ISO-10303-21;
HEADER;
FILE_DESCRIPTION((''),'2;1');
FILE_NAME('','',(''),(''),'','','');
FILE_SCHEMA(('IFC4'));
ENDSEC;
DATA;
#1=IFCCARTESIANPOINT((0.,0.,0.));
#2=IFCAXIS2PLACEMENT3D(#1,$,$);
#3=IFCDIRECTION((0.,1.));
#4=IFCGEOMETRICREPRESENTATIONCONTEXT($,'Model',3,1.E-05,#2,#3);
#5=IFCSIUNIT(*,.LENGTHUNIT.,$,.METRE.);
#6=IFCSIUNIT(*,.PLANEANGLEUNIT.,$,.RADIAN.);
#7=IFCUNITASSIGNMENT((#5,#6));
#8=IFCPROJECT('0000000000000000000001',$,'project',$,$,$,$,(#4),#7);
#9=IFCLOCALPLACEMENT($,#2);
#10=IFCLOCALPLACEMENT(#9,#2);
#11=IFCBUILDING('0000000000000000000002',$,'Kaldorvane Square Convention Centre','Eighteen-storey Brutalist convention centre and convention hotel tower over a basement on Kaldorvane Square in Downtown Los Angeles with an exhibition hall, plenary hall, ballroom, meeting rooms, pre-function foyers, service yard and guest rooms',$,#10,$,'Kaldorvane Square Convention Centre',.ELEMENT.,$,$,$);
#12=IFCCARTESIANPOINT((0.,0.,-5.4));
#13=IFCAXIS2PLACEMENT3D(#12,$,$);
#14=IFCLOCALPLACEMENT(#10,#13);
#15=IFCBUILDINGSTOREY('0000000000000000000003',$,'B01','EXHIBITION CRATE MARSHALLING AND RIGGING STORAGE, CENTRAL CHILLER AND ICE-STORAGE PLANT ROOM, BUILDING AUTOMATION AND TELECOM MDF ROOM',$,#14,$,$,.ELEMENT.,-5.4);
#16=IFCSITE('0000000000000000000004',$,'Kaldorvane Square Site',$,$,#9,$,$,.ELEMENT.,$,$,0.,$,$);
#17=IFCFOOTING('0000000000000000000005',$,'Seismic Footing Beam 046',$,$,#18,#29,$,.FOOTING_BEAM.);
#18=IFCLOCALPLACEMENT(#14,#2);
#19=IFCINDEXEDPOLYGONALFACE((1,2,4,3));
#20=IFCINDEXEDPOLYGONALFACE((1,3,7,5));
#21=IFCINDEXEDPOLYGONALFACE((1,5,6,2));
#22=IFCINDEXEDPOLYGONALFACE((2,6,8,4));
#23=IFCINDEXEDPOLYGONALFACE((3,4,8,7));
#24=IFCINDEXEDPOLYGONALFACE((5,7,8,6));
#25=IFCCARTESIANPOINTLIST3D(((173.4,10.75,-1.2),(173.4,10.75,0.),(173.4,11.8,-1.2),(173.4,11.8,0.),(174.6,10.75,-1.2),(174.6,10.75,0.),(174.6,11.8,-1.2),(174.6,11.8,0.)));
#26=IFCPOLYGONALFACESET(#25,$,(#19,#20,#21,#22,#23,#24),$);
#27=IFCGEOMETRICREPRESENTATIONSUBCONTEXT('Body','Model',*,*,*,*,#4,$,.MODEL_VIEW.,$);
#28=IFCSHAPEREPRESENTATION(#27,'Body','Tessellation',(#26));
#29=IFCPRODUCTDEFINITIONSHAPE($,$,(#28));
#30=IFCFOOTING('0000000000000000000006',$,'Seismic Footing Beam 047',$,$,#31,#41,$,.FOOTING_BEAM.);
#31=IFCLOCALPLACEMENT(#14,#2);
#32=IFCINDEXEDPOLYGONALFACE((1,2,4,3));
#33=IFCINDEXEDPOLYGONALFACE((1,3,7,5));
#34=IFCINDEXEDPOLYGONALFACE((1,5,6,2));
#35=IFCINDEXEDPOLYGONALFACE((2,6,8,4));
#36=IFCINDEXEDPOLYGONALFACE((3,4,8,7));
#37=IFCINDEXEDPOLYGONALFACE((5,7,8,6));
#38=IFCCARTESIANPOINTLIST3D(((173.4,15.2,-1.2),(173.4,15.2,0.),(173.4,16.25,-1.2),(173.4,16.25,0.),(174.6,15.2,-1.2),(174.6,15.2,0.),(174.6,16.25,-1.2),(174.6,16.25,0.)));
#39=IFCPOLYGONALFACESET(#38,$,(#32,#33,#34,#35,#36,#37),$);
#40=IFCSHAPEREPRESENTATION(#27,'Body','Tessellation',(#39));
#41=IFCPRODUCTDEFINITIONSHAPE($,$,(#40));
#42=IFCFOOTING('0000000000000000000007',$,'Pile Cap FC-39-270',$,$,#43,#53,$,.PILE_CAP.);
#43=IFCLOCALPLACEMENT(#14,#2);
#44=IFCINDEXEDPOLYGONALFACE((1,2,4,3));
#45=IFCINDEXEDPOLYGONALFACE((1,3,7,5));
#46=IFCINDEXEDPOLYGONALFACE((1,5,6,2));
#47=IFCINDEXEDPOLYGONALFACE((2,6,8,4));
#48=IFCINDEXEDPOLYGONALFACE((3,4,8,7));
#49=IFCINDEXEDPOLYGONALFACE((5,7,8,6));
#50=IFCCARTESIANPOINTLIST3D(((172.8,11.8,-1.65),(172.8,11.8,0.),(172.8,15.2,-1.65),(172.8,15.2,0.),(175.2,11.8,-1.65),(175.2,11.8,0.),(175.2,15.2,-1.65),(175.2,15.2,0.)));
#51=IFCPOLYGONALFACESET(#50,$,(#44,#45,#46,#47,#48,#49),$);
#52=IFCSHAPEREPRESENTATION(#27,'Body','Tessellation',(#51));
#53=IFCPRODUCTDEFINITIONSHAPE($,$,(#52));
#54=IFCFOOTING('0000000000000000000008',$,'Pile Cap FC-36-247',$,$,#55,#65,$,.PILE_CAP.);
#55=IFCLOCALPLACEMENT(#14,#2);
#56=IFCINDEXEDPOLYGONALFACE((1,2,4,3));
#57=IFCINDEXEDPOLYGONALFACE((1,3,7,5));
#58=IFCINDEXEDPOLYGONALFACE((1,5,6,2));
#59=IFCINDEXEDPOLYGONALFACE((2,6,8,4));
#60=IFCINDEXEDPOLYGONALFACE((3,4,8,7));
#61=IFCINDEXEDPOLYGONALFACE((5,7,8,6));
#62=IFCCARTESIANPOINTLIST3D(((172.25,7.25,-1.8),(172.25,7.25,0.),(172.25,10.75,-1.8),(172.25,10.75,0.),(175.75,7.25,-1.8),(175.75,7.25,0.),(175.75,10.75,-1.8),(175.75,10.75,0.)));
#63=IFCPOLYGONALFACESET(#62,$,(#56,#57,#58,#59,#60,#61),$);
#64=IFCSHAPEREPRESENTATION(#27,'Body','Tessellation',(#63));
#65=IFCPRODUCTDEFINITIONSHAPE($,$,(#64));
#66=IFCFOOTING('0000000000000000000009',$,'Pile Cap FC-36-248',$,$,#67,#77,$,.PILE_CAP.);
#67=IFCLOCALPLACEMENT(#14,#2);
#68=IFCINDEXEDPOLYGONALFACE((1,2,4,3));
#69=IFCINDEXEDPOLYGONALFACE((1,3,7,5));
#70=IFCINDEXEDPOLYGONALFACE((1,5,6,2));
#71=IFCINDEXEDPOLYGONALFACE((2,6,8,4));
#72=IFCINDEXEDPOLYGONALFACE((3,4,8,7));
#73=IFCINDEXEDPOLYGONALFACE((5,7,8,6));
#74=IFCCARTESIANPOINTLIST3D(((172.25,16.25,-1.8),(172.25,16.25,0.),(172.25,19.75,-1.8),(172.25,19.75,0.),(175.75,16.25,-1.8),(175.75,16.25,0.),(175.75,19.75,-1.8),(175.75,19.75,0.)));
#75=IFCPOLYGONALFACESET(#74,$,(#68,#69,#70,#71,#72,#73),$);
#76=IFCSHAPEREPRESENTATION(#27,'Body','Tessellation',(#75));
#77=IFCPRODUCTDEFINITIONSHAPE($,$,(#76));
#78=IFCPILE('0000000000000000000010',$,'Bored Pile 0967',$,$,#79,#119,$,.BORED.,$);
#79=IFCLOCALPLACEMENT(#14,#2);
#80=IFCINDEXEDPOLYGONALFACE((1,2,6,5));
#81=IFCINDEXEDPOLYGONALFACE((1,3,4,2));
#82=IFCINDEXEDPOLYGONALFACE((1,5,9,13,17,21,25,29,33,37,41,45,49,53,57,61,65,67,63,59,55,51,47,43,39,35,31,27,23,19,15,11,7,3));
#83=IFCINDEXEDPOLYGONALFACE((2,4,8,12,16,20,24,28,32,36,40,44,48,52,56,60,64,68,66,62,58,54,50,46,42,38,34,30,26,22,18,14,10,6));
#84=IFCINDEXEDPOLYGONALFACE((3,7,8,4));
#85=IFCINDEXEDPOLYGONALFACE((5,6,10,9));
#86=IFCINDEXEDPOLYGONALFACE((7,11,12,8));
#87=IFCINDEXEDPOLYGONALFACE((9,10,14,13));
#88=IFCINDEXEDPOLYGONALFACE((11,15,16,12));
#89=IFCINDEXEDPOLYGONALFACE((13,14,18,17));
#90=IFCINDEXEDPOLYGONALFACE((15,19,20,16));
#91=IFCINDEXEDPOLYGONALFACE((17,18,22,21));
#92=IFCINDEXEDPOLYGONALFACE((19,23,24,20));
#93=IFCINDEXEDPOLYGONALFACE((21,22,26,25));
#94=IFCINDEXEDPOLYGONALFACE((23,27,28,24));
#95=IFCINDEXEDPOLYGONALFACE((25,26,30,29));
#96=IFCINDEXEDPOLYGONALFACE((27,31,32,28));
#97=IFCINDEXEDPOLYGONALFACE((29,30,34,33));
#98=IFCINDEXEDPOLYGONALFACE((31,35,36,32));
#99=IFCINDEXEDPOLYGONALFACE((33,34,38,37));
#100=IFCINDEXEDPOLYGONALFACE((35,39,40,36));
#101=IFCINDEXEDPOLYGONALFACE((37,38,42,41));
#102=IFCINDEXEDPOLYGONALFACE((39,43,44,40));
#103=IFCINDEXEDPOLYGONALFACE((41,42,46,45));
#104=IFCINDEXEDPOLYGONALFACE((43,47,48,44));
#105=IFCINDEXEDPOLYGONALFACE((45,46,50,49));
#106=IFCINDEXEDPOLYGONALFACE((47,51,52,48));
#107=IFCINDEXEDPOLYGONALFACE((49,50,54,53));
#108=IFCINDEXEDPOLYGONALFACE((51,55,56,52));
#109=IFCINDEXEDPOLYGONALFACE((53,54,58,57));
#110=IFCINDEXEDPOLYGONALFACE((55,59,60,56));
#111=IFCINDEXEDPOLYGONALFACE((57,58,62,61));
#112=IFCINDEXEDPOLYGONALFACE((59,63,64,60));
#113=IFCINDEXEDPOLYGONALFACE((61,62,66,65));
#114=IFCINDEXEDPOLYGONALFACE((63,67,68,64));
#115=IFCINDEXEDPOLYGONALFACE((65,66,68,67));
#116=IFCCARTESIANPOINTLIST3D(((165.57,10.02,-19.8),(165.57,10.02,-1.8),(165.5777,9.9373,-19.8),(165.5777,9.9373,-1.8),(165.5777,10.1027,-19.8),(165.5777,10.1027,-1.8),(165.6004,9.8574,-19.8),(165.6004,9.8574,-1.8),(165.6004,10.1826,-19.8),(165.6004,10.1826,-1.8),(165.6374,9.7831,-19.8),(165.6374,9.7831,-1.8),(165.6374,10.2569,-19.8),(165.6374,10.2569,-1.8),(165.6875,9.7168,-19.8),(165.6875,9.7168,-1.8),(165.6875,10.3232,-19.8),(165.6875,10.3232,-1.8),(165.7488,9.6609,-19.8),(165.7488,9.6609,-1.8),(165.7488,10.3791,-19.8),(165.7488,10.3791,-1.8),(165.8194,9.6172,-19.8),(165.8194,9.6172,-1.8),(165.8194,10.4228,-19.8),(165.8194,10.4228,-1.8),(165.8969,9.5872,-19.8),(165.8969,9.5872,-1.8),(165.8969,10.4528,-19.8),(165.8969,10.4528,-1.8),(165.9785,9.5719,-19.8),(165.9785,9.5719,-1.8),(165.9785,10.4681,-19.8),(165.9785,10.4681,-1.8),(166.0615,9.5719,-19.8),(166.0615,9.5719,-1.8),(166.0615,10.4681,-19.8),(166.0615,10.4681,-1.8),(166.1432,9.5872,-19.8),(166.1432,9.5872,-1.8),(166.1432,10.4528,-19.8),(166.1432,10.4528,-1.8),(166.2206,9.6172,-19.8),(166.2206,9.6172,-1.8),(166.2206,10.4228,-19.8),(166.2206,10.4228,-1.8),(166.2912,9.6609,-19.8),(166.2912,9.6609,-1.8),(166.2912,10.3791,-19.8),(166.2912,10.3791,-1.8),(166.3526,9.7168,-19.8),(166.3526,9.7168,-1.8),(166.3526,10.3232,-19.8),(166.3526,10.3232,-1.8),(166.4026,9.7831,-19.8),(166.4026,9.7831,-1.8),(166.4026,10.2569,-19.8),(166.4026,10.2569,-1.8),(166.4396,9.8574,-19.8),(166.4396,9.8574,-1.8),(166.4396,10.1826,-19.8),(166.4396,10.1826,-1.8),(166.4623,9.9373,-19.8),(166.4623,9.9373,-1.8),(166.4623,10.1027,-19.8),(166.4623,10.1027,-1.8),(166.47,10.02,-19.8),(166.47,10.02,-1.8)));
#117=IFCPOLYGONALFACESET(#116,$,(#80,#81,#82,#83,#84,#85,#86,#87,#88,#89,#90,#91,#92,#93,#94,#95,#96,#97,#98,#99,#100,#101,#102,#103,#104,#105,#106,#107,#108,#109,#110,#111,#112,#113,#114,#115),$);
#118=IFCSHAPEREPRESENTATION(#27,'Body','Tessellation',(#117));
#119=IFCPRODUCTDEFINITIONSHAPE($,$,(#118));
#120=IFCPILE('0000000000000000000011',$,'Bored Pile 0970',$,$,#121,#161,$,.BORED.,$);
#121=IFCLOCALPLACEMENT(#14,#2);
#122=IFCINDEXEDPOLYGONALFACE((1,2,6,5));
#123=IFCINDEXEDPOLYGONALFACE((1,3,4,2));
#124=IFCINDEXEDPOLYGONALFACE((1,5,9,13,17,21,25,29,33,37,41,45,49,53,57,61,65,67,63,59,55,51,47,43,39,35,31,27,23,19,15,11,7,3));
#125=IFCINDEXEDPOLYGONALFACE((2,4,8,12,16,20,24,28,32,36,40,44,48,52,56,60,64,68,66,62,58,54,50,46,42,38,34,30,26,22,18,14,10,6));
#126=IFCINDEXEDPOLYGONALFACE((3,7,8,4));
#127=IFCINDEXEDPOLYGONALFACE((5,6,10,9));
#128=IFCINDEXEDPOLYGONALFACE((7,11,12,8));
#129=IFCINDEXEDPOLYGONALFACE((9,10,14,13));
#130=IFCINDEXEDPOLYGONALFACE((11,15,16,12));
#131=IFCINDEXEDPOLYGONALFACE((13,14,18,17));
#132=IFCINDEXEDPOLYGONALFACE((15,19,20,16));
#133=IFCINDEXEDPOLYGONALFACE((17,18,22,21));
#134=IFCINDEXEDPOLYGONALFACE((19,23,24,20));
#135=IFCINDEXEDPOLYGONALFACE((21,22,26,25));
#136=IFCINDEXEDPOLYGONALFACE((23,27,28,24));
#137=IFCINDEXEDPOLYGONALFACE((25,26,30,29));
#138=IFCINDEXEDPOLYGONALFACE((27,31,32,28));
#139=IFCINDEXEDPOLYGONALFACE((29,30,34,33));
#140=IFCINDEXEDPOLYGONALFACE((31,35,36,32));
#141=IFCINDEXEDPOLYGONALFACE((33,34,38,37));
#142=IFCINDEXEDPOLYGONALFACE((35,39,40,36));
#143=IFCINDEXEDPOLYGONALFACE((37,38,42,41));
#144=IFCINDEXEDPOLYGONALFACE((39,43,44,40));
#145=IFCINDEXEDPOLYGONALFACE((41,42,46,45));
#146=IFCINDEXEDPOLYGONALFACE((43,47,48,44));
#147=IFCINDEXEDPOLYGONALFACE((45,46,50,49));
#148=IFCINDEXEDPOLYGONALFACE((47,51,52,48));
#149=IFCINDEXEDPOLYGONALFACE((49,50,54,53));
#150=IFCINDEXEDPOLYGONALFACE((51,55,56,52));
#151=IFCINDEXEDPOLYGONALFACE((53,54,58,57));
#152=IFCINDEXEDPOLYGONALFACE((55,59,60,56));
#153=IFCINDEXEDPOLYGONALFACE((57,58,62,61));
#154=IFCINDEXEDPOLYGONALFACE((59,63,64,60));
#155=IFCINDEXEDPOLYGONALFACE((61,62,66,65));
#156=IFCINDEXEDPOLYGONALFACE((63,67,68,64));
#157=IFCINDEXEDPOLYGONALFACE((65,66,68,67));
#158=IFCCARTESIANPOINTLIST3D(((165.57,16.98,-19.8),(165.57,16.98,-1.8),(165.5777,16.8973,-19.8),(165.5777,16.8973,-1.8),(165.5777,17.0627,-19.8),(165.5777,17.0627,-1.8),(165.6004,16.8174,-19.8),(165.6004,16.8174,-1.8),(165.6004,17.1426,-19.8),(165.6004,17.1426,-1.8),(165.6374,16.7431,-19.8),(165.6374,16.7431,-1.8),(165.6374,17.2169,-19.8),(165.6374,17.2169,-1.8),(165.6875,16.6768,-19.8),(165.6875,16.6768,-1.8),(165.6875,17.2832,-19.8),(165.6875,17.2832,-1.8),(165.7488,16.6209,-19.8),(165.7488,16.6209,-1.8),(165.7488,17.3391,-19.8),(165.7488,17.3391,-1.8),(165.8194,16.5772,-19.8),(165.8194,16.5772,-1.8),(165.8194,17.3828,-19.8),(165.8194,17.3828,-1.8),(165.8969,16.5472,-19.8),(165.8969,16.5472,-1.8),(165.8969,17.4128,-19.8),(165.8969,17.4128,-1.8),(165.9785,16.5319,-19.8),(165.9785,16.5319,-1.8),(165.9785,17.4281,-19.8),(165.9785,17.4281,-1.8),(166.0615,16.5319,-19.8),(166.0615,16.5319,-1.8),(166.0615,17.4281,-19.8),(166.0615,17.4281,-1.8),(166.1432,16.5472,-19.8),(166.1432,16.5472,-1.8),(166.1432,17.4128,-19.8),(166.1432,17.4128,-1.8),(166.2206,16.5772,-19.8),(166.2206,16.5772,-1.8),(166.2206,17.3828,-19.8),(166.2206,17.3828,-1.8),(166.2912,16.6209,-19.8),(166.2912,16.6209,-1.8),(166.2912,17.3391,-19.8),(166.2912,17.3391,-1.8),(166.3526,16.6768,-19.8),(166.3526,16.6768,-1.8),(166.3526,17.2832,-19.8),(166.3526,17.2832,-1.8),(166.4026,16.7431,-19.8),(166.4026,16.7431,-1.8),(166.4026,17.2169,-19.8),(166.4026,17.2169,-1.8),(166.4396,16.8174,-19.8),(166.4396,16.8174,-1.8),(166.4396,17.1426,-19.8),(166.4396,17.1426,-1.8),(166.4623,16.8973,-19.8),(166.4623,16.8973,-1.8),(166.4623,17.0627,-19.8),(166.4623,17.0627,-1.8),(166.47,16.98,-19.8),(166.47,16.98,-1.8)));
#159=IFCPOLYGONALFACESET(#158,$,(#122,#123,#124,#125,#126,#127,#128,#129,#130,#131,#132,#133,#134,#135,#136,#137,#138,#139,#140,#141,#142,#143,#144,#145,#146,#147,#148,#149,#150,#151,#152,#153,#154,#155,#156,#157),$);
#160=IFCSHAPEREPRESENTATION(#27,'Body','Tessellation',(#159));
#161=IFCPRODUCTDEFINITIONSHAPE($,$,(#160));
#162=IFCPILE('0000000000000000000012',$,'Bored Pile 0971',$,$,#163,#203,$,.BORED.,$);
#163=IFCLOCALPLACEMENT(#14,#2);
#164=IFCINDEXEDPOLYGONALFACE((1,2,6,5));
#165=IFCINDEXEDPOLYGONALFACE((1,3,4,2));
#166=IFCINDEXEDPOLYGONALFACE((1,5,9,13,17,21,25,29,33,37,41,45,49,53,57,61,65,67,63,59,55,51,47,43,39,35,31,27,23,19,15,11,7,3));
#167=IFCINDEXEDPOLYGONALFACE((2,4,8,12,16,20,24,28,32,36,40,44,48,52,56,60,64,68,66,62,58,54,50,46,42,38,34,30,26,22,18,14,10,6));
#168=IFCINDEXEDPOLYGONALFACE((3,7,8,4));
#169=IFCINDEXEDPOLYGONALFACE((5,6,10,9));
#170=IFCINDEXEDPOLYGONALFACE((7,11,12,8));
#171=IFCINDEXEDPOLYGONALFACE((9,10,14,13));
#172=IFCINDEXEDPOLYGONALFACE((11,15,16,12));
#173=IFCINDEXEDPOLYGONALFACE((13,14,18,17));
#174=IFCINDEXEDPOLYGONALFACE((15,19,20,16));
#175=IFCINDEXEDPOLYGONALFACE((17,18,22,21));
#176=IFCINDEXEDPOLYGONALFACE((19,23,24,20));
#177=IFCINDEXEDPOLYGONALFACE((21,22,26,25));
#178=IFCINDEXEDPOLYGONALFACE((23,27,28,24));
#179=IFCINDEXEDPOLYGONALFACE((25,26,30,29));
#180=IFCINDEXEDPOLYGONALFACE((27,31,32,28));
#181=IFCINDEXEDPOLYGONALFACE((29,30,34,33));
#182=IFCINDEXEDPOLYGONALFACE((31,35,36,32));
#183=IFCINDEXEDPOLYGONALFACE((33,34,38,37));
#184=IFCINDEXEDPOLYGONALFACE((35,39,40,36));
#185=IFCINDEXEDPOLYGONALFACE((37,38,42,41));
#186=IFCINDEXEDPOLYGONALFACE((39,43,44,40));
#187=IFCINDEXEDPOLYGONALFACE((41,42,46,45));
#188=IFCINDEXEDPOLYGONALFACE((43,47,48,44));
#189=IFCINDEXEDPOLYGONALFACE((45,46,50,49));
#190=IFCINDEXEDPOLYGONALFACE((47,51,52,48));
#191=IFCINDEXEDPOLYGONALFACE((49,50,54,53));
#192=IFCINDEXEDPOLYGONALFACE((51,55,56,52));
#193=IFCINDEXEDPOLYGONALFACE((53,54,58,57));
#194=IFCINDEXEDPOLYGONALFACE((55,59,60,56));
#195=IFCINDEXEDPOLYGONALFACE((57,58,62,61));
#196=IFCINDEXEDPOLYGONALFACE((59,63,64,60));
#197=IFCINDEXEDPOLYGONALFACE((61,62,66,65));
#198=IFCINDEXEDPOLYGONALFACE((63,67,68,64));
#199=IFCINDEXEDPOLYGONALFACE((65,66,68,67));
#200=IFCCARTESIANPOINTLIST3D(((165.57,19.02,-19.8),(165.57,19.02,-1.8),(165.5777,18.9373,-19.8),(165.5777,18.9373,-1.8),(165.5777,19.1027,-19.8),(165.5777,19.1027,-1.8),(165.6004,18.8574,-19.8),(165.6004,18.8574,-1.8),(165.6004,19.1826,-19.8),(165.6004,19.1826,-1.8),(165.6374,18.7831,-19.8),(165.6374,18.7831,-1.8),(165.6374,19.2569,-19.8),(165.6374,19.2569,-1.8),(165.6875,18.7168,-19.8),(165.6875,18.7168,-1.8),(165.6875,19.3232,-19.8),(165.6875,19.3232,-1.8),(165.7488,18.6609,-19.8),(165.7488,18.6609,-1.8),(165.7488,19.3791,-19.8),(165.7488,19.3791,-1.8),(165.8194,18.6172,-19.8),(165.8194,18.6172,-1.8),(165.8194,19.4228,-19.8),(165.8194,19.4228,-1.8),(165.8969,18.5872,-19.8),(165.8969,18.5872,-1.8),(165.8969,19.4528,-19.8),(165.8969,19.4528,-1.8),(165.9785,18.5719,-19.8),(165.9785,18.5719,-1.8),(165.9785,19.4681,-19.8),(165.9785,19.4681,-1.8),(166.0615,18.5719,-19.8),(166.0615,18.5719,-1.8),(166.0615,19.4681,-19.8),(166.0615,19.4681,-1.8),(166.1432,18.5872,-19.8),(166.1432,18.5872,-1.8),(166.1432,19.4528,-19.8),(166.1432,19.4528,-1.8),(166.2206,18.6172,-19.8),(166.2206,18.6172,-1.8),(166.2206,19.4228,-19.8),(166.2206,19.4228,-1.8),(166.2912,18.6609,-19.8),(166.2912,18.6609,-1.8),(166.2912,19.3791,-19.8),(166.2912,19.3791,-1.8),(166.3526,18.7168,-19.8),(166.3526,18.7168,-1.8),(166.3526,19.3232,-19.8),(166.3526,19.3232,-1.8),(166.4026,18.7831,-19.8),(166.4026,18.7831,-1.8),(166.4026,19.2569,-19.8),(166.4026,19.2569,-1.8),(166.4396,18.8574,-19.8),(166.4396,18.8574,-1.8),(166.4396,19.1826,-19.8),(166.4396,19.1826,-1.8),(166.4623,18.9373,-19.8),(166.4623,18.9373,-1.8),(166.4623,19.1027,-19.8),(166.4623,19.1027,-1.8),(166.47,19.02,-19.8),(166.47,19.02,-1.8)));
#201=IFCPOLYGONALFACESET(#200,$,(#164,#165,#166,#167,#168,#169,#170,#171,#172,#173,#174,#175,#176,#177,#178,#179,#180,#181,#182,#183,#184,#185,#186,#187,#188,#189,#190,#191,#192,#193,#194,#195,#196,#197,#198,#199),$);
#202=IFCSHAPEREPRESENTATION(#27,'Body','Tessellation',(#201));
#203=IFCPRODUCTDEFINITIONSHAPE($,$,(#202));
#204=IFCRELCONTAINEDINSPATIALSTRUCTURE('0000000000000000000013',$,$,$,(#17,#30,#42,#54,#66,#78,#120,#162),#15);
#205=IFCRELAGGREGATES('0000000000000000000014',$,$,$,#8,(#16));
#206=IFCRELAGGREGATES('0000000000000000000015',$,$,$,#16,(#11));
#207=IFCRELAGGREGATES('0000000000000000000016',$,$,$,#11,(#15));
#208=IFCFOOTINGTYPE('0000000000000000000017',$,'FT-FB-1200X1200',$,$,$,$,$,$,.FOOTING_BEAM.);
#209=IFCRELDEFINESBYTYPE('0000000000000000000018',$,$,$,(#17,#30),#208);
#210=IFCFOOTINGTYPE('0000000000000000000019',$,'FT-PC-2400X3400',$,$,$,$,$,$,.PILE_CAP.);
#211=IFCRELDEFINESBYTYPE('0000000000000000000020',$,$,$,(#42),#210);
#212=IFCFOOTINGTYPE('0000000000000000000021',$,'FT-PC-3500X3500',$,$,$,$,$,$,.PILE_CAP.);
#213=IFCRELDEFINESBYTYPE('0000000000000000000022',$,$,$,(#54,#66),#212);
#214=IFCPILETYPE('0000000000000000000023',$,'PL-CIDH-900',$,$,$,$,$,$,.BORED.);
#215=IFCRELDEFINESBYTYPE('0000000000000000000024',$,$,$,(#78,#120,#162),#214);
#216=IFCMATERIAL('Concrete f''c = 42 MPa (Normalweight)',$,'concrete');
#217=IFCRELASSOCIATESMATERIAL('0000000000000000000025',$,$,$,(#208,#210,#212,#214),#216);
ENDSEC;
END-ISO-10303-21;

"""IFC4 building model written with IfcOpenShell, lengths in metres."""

from ifc_helpers import new_model, si_unit, direction, frame, origin, origin_2d, place, context, subcontext, project, spatial, rectangle, circle, extrude, material, material_profile, profile_set, type_object, element, save


model = new_model("IFC4")

# Units and contexts
model_context = context("Model", 3, precision=1e-05, world=origin(), true_north=direction((0.0, 1.0)))
body_context = subcontext(model_context, "Body", "Model", "MODEL_VIEW")
ifc_project = project(units=[si_unit("LENGTHUNIT", "METRE"), si_unit("PLANEANGLEUNIT", "RADIAN")], contexts=[model_context])

# Site, building, storey
site_placement = place(None, origin())
site = spatial("IfcSite", under=ifc_project, at=site_placement, Name="Kaldorvane Square Site", CompositionType="ELEMENT", RefElevation=0.0)
building_placement = place(site_placement, origin())
building = spatial("IfcBuilding", under=site, at=building_placement, Name="Kaldorvane Square Convention Centre", Description="Eighteen-storey Brutalist convention centre and convention hotel tower over a basement on Kaldorvane Square in Downtown Los Angeles with an exhibition hall, plenary hall, ballroom, meeting rooms, pre-function foyers, service yard and guest rooms", LongName="Kaldorvane Square Convention Centre", CompositionType="ELEMENT")
storey_placement = place(building_placement, frame((0.0, 0.0, -5.4)))
storey = spatial("IfcBuildingStorey", under=building, at=storey_placement, Name="B01", Description="EXHIBITION CRATE MARSHALLING AND RIGGING STORAGE, CENTRAL CHILLER AND ICE-STORAGE PLANT ROOM, BUILDING AUTOMATION AND TELECOM MDF ROOM", CompositionType="ELEMENT", Elevation=-5.4)

# Footings
ifc_material_1 = material(Name="Concrete f'c = 42 MPa (Normalweight)", Category="concrete")
footing_type_1 = type_object("IfcFootingType", Name="FT-FB-1200X1200", PredefinedType="FOOTING_BEAM", material=ifc_material_1)
for number, where, z_axis, x_axis, name in (
    (1, (174.0, 11.275, -1.2), (0.0, 0.0, 1.0), (1.0, 0.0, 0.0), "Seismic Footing Beam 046"),
    (2, (174.0, 15.725, -1.2), (0.0, 0.0, 1.0), (1.0, 0.0, 0.0), "Seismic Footing Beam 047"),
):
    element("IfcFooting", number, at=place(storey_placement, frame(where, z_axis=z_axis, x_axis=x_axis)), inside=storey, type_object=footing_type_1, Name=name, PredefinedType="FOOTING_BEAM", context=body_context, shape_type="SweptSolid", body=[
        extrude(rectangle(XDim=1.2, YDim=1.05, at=origin_2d()), origin(), (0.0, 0.0, 1.0), 1.2),
    ])
footing_type_2 = type_object("IfcFootingType", Name="FT-PC-2400X3400", PredefinedType="PILE_CAP", material=ifc_material_1)
footing_placement = place(storey_placement, frame((174.0, 13.5, -1.65), z_axis=(0.0, 0.0, 1.0), x_axis=(1.0, 0.0, 0.0)))
element("IfcFooting", 3, at=footing_placement, inside=storey, type_object=footing_type_2, Name="Pile Cap FC-39-270", PredefinedType="PILE_CAP", context=body_context, shape_type="SweptSolid", body=[
    extrude(rectangle(XDim=2.4, YDim=3.4, at=origin_2d()), origin(), (0.0, 0.0, 1.0), 1.65),
])
footing_type_3 = type_object("IfcFootingType", Name="FT-PC-3500X3500", PredefinedType="PILE_CAP", material=ifc_material_1)
for number, where, z_axis, x_axis, name in (
    (4, (174.0, 9.0, -1.8), (0.0, 0.0, 1.0), (1.0, 0.0, 0.0), "Pile Cap FC-36-247"),
    (5, (174.0, 18.0, -1.8), (0.0, 0.0, 1.0), (1.0, 0.0, 0.0), "Pile Cap FC-36-248"),
):
    element("IfcFooting", number, at=place(storey_placement, frame(where, z_axis=z_axis, x_axis=x_axis)), inside=storey, type_object=footing_type_3, Name=name, PredefinedType="PILE_CAP", context=body_context, shape_type="SweptSolid", body=[
        extrude(rectangle(XDim=3.5, YDim=3.5, at=origin_2d()), origin(), (0.0, 0.0, 1.0), 1.8),
    ])

# Piles
ifc_material_profile_1 = material_profile(ifc_material_1, circle(Radius=0.45, at=origin_2d()), Name="PILE-D900")
ifc_profile_set_1 = profile_set([ifc_material_profile_1], Name="Concrete f'c = 42 MPa (Normalweight)")
pile_type = type_object("IfcPileType", Name="PL-CIDH-900", PredefinedType="BORED", material=ifc_profile_set_1)
for number, where, z_axis, x_axis, name in (
    (6, (166.02, 10.02, -1.8), (0.0, 0.0, -1.0), (1.0, 0.0, 0.0), "Bored Pile 0967"),
    (7, (166.02, 16.98, -1.8), (0.0, 0.0, -1.0), (1.0, 0.0, 0.0), "Bored Pile 0970"),
    (8, (166.02, 19.02, -1.8), (0.0, 0.0, -1.0), (1.0, 0.0, 0.0), "Bored Pile 0971"),
):
    element("IfcPile", number, at=place(storey_placement, frame(where, z_axis=z_axis, x_axis=x_axis)), inside=storey, type_object=pile_type, Name=name, PredefinedType="BORED", context=body_context, shape_type="SweptSolid", body=[
        extrude(circle(Radius=0.45, at=origin_2d()), origin(), (0.0, 0.0, 1.0), 18.0),
    ])

save(model, "model.ifc")
